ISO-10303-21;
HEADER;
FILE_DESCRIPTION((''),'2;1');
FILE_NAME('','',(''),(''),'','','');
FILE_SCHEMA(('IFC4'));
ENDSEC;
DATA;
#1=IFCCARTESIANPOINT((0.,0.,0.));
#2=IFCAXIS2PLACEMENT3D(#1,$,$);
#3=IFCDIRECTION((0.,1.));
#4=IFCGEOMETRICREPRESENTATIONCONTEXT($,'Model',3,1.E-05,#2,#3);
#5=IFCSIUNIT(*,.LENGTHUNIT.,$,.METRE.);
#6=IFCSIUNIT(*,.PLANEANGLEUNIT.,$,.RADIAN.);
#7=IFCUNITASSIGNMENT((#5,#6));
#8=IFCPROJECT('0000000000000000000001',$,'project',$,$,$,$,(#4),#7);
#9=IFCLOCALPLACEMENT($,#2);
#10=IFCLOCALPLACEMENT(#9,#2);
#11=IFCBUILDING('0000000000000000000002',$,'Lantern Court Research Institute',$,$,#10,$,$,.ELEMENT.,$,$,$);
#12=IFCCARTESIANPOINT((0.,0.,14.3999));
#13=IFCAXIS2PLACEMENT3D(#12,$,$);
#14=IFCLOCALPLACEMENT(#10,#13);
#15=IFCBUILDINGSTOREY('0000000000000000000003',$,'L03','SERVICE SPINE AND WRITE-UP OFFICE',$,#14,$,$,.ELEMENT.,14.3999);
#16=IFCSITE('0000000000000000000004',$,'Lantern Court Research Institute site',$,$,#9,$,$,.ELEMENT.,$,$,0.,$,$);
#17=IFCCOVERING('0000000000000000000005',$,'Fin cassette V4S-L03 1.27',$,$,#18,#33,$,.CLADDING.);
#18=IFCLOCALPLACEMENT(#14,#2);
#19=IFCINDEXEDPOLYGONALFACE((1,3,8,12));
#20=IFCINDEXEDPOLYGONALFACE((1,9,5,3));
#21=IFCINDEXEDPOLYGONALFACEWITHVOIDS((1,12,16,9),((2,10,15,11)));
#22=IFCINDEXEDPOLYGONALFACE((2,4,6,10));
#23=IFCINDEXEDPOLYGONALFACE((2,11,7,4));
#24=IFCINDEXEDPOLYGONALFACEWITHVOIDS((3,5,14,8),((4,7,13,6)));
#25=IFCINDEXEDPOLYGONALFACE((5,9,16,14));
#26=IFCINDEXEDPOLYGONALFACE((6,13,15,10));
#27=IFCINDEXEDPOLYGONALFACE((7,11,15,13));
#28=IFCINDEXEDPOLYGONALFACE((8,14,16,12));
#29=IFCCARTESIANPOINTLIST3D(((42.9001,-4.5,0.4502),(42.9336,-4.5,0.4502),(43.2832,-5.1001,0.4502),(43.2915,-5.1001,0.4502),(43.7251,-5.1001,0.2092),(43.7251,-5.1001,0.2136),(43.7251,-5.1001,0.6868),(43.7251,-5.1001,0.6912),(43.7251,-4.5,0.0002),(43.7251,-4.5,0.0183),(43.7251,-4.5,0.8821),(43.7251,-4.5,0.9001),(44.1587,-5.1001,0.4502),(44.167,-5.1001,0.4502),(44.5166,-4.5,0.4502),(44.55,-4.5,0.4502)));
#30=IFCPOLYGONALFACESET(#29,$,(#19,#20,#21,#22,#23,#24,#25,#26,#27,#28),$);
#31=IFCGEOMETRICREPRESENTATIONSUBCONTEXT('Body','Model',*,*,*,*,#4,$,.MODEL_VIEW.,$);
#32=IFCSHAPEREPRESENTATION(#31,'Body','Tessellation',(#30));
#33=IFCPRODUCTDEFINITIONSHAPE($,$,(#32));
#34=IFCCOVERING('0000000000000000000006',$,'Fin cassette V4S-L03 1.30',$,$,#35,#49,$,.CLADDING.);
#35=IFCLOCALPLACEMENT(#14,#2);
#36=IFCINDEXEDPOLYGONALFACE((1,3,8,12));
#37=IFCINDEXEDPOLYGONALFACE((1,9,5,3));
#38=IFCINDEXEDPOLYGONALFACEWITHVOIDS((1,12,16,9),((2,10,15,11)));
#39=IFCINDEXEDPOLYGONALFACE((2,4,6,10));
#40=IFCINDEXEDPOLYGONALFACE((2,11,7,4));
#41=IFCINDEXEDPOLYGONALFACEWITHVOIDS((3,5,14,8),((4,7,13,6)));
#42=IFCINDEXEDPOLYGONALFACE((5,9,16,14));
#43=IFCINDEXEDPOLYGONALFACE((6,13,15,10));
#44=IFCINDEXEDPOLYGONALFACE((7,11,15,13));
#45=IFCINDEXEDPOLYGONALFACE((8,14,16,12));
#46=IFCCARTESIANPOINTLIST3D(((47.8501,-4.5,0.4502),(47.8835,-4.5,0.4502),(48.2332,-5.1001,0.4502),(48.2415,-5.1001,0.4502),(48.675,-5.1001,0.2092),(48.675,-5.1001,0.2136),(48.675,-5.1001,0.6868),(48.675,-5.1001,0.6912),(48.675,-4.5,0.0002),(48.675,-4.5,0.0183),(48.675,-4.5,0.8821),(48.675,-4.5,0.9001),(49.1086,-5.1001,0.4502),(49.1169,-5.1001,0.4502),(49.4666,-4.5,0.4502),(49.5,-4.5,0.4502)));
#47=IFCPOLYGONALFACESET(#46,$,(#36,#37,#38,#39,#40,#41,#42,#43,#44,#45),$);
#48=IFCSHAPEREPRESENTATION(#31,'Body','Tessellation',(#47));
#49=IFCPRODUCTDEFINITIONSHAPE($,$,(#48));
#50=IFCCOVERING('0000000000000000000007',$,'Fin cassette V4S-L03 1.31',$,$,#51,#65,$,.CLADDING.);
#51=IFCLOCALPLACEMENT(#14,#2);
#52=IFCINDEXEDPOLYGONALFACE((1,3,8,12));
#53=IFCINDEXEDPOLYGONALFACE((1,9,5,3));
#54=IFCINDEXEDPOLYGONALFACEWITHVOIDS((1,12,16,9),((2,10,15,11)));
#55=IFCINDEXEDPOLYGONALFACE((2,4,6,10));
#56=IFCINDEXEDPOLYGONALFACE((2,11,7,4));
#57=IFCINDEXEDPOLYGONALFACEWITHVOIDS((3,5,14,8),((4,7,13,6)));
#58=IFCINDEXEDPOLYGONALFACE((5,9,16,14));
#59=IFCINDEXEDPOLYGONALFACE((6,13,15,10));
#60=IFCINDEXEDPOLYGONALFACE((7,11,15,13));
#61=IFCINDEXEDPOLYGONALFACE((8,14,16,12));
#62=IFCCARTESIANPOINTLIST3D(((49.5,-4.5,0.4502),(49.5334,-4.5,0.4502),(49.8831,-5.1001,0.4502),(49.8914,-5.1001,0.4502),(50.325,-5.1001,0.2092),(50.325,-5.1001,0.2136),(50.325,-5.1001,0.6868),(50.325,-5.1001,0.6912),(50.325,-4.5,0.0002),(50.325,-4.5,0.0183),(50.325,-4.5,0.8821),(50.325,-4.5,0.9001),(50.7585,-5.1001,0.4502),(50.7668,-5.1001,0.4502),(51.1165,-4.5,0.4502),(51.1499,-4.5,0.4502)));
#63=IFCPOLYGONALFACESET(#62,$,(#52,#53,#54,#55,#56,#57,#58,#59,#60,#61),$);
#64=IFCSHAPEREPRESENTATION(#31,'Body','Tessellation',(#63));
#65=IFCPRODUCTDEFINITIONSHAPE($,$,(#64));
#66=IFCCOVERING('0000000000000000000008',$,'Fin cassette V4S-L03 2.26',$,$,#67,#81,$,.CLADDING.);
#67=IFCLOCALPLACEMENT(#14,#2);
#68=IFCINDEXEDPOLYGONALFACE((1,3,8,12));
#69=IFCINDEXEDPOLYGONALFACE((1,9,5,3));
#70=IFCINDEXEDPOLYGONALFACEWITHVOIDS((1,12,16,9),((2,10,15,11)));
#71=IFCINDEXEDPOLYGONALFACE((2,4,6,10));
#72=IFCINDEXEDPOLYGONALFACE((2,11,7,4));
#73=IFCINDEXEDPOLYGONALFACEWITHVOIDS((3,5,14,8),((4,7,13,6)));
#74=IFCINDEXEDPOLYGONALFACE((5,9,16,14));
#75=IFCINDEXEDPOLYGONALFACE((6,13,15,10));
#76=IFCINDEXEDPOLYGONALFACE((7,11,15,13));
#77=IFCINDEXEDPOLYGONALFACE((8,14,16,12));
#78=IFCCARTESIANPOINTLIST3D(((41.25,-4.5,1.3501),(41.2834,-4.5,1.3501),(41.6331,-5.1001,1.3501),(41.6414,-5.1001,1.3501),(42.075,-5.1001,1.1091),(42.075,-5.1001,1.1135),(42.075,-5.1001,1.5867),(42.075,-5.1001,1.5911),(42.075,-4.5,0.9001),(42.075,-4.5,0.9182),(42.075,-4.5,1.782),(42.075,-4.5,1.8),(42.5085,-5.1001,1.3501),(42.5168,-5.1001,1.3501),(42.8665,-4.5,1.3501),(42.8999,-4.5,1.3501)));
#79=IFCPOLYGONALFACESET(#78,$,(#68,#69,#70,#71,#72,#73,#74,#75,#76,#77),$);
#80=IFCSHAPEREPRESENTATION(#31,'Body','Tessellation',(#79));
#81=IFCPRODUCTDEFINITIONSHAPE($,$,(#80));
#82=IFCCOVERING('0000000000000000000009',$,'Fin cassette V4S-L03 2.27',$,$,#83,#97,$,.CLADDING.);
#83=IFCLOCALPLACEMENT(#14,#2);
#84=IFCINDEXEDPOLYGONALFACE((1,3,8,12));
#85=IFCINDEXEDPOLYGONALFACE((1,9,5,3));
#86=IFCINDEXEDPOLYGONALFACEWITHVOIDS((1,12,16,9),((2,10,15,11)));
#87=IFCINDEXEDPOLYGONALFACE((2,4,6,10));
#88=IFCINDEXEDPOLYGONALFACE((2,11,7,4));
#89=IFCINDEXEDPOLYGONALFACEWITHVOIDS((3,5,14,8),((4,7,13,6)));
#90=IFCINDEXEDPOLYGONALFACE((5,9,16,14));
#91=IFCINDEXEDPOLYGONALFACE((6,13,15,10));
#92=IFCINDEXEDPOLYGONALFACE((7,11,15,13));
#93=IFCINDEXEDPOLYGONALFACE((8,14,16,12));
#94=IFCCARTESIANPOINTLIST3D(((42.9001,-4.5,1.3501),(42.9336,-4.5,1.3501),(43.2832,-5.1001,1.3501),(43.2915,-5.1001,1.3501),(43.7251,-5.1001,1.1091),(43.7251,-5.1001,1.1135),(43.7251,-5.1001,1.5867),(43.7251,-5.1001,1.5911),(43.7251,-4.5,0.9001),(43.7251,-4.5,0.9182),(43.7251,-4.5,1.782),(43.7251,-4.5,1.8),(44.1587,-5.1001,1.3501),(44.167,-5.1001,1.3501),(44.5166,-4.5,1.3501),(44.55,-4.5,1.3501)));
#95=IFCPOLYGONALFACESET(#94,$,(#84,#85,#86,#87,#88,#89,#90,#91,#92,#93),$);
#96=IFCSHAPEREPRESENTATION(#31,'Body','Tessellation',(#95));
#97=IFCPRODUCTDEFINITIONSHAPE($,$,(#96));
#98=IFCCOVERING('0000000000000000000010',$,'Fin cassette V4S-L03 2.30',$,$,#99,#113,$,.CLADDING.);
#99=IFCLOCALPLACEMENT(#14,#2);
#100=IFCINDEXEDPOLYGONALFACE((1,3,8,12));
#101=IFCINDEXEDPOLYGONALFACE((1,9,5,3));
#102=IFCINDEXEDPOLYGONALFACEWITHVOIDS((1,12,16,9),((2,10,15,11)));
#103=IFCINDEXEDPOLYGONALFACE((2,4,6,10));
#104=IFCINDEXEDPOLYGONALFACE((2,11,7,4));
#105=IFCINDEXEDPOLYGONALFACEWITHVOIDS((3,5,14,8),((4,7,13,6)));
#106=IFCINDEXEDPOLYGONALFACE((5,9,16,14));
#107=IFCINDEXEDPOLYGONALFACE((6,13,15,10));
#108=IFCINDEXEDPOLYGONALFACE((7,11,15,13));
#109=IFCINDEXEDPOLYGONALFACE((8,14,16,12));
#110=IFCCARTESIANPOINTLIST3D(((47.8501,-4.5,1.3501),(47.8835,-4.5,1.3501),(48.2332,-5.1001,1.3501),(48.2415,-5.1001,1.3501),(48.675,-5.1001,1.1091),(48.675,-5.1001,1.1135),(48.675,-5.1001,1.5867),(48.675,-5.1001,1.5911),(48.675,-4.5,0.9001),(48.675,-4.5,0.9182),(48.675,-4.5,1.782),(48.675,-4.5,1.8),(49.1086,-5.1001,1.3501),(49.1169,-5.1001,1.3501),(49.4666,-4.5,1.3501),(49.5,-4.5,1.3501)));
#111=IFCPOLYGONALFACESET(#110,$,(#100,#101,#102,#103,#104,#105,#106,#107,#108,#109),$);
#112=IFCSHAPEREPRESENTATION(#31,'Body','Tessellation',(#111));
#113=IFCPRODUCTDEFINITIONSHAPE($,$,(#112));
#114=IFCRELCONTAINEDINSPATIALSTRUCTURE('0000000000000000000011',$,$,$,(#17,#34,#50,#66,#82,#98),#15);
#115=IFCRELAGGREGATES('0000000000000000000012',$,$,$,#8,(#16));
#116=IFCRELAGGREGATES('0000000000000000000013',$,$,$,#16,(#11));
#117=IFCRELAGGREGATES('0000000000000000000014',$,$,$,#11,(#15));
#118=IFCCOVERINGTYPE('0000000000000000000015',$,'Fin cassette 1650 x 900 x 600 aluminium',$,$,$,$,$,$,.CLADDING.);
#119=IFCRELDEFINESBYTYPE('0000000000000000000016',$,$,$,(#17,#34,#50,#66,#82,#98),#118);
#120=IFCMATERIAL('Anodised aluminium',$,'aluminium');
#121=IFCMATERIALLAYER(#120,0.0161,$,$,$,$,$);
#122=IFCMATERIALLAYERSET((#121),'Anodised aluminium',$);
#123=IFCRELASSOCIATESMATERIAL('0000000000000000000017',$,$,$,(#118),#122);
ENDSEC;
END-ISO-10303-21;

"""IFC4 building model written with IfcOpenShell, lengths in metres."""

from ifc_helpers import new_model, entity, si_unit, direction, frame, origin, place, context, subcontext, project, spatial, material, layer, layer_set, type_object, element, save


model = new_model("IFC4")

# Units and contexts
model_context = context("Model", 3, precision=1e-05, world=origin(), true_north=direction((0.0, 1.0)))
body_context = subcontext(model_context, "Body", "Model", "MODEL_VIEW")
ifc_project = project(units=[si_unit("LENGTHUNIT", "METRE"), si_unit("PLANEANGLEUNIT", "RADIAN")], contexts=[model_context])

# Site, building, storey
site_placement = place(None, origin())
site = spatial("IfcSite", under=ifc_project, at=site_placement, Name="Lantern Court Research Institute site", CompositionType="ELEMENT", RefElevation=0.0)
building_placement = place(site_placement, origin())
building = spatial("IfcBuilding", under=site, at=building_placement, Name="Lantern Court Research Institute", CompositionType="ELEMENT")
storey_placement = place(building_placement, frame((0.0, 0.0, 14.3999)))
storey = spatial("IfcBuildingStorey", under=building, at=storey_placement, Name="L03", Description="SERVICE SPINE AND WRITE-UP OFFICE", CompositionType="ELEMENT", Elevation=14.3999)

# Coverings
ifc_material_1 = material(Name="Anodised aluminium", Category="aluminium")
ifc_layer_1 = layer(ifc_material_1, 0.0161)
ifc_layer_set_1 = layer_set([ifc_layer_1], Name="Anodised aluminium")
covering_type = type_object("IfcCoveringType", Name="Fin cassette 1650 x 900 x 600 aluminium", PredefinedType="CLADDING", material=ifc_layer_set_1)
covering_1_placement = place(storey_placement, frame((43.7251, -4.5, 0.4502), z_axis=(0.0, -1.0, 0.0), x_axis=(1.0, 0.0, 0.0)))
cartesian_point_1 = entity("IfcCartesianPoint", [0.825, 0.0])
cartesian_point_2 = entity("IfcCartesianPoint", [0.7915, 0.0])
cartesian_point_3 = entity("IfcCartesianPoint", [0.4419, 0.0])
cartesian_point_4 = entity("IfcCartesianPoint", [0.4336, 0.0])
element("IfcCovering", 1, at=covering_1_placement, inside=storey, type_object=covering_type, Name="Fin cassette V4S-L03 1.27", PredefinedType="CLADDING", context=body_context, shape_type="SweptSolid", body=[
    entity("IfcExtrudedAreaSolidTapered", entity("IfcArbitraryProfileDefWithVoids", "AREA", None, entity("IfcPolyline", [cartesian_point_1, entity("IfcCartesianPoint", [0.0, 0.45]), entity("IfcCartesianPoint", [-0.825, 0.0]), entity("IfcCartesianPoint", [0.0, -0.45]), cartesian_point_1]), [entity("IfcPolyline", [cartesian_point_2, entity("IfcCartesianPoint", [0.0, 0.4319]), entity("IfcCartesianPoint", [-0.7915, 0.0]), entity("IfcCartesianPoint", [0.0, -0.4319]), cartesian_point_2])]), entity("IfcAxis2Placement3D", entity("IfcCartesianPoint", [0.0, 0.0, 0.0])), entity("IfcDirection", [0.0, 0.0, 1.0]), 0.6001, entity("IfcArbitraryProfileDefWithVoids", "AREA", None, entity("IfcPolyline", [cartesian_point_3, entity("IfcCartesianPoint", [0.0, 0.241]), entity("IfcCartesianPoint", [-0.4419, 0.0]), entity("IfcCartesianPoint", [0.0, -0.241]), cartesian_point_3]), [entity("IfcPolyline", [cartesian_point_4, entity("IfcCartesianPoint", [0.0, 0.2366]), entity("IfcCartesianPoint", [-0.4336, 0.0]), entity("IfcCartesianPoint", [0.0, -0.2366]), cartesian_point_4])])),
])
covering_2_placement = place(storey_placement, frame((48.675, -4.5, 0.4502), z_axis=(0.0, -1.0, 0.0), x_axis=(1.0, 0.0, 0.0)))
cartesian_point_5 = entity("IfcCartesianPoint", [0.825, 0.0])
cartesian_point_6 = entity("IfcCartesianPoint", [0.7915, 0.0])
cartesian_point_7 = entity("IfcCartesianPoint", [0.4419, 0.0])
cartesian_point_8 = entity("IfcCartesianPoint", [0.4336, 0.0])
element("IfcCovering", 2, at=covering_2_placement, inside=storey, type_object=covering_type, Name="Fin cassette V4S-L03 1.30", PredefinedType="CLADDING", context=body_context, shape_type="SweptSolid", body=[
    entity("IfcExtrudedAreaSolidTapered", entity("IfcArbitraryProfileDefWithVoids", "AREA", None, entity("IfcPolyline", [cartesian_point_5, entity("IfcCartesianPoint", [0.0, 0.45]), entity("IfcCartesianPoint", [-0.825, 0.0]), entity("IfcCartesianPoint", [0.0, -0.45]), cartesian_point_5]), [entity("IfcPolyline", [cartesian_point_6, entity("IfcCartesianPoint", [0.0, 0.4319]), entity("IfcCartesianPoint", [-0.7915, 0.0]), entity("IfcCartesianPoint", [0.0, -0.4319]), cartesian_point_6])]), entity("IfcAxis2Placement3D", entity("IfcCartesianPoint", [0.0, 0.0, 0.0])), entity("IfcDirection", [0.0, 0.0, 1.0]), 0.6001, entity("IfcArbitraryProfileDefWithVoids", "AREA", None, entity("IfcPolyline", [cartesian_point_7, entity("IfcCartesianPoint", [0.0, 0.241]), entity("IfcCartesianPoint", [-0.4419, 0.0]), entity("IfcCartesianPoint", [0.0, -0.241]), cartesian_point_7]), [entity("IfcPolyline", [cartesian_point_8, entity("IfcCartesianPoint", [0.0, 0.2366]), entity("IfcCartesianPoint", [-0.4336, 0.0]), entity("IfcCartesianPoint", [0.0, -0.2366]), cartesian_point_8])])),
])
covering_3_placement = place(storey_placement, frame((50.325, -4.5, 0.4502), z_axis=(0.0, -1.0, 0.0), x_axis=(1.0, 0.0, 0.0)))
cartesian_point_9 = entity("IfcCartesianPoint", [0.825, 0.0])
cartesian_point_10 = entity("IfcCartesianPoint", [0.7915, 0.0])
cartesian_point_11 = entity("IfcCartesianPoint", [0.4419, 0.0])
cartesian_point_12 = entity("IfcCartesianPoint", [0.4336, 0.0])
element("IfcCovering", 3, at=covering_3_placement, inside=storey, type_object=covering_type, Name="Fin cassette V4S-L03 1.31", PredefinedType="CLADDING", context=body_context, shape_type="SweptSolid", body=[
    entity("IfcExtrudedAreaSolidTapered", entity("IfcArbitraryProfileDefWithVoids", "AREA", None, entity("IfcPolyline", [cartesian_point_9, entity("IfcCartesianPoint", [0.0, 0.45]), entity("IfcCartesianPoint", [-0.825, 0.0]), entity("IfcCartesianPoint", [0.0, -0.45]), cartesian_point_9]), [entity("IfcPolyline", [cartesian_point_10, entity("IfcCartesianPoint", [0.0, 0.4319]), entity("IfcCartesianPoint", [-0.7915, 0.0]), entity("IfcCartesianPoint", [0.0, -0.4319]), cartesian_point_10])]), entity("IfcAxis2Placement3D", entity("IfcCartesianPoint", [0.0, 0.0, 0.0])), entity("IfcDirection", [0.0, 0.0, 1.0]), 0.6001, entity("IfcArbitraryProfileDefWithVoids", "AREA", None, entity("IfcPolyline", [cartesian_point_11, entity("IfcCartesianPoint", [0.0, 0.241]), entity("IfcCartesianPoint", [-0.4419, 0.0]), entity("IfcCartesianPoint", [0.0, -0.241]), cartesian_point_11]), [entity("IfcPolyline", [cartesian_point_12, entity("IfcCartesianPoint", [0.0, 0.2366]), entity("IfcCartesianPoint", [-0.4336, 0.0]), entity("IfcCartesianPoint", [0.0, -0.2366]), cartesian_point_12])])),
])
covering_4_placement = place(storey_placement, frame((42.075, -4.5, 1.3501), z_axis=(0.0, -1.0, 0.0), x_axis=(1.0, 0.0, 0.0)))
cartesian_point_13 = entity("IfcCartesianPoint", [0.825, 0.0])
cartesian_point_14 = entity("IfcCartesianPoint", [0.7915, 0.0])
cartesian_point_15 = entity("IfcCartesianPoint", [0.4419, 0.0])
cartesian_point_16 = entity("IfcCartesianPoint", [0.4336, 0.0])
element("IfcCovering", 4, at=covering_4_placement, inside=storey, type_object=covering_type, Name="Fin cassette V4S-L03 2.26", PredefinedType="CLADDING", context=body_context, shape_type="SweptSolid", body=[
    entity("IfcExtrudedAreaSolidTapered", entity("IfcArbitraryProfileDefWithVoids", "AREA", None, entity("IfcPolyline", [cartesian_point_13, entity("IfcCartesianPoint", [0.0, 0.45]), entity("IfcCartesianPoint", [-0.825, 0.0]), entity("IfcCartesianPoint", [0.0, -0.45]), cartesian_point_13]), [entity("IfcPolyline", [cartesian_point_14, entity("IfcCartesianPoint", [0.0, 0.4319]), entity("IfcCartesianPoint", [-0.7915, 0.0]), entity("IfcCartesianPoint", [0.0, -0.4319]), cartesian_point_14])]), entity("IfcAxis2Placement3D", entity("IfcCartesianPoint", [0.0, 0.0, 0.0])), entity("IfcDirection", [0.0, 0.0, 1.0]), 0.6001, entity("IfcArbitraryProfileDefWithVoids", "AREA", None, entity("IfcPolyline", [cartesian_point_15, entity("IfcCartesianPoint", [0.0, 0.241]), entity("IfcCartesianPoint", [-0.4419, 0.0]), entity("IfcCartesianPoint", [0.0, -0.241]), cartesian_point_15]), [entity("IfcPolyline", [cartesian_point_16, entity("IfcCartesianPoint", [0.0, 0.2366]), entity("IfcCartesianPoint", [-0.4336, 0.0]), entity("IfcCartesianPoint", [0.0, -0.2366]), cartesian_point_16])])),
])
covering_5_placement = place(storey_placement, frame((43.7251, -4.5, 1.3501), z_axis=(0.0, -1.0, 0.0), x_axis=(1.0, 0.0, 0.0)))
cartesian_point_17 = entity("IfcCartesianPoint", [0.825, 0.0])
cartesian_point_18 = entity("IfcCartesianPoint", [0.7915, 0.0])
cartesian_point_19 = entity("IfcCartesianPoint", [0.4419, 0.0])
cartesian_point_20 = entity("IfcCartesianPoint", [0.4336, 0.0])
element("IfcCovering", 5, at=covering_5_placement, inside=storey, type_object=covering_type, Name="Fin cassette V4S-L03 2.27", PredefinedType="CLADDING", context=body_context, shape_type="SweptSolid", body=[
    entity("IfcExtrudedAreaSolidTapered", entity("IfcArbitraryProfileDefWithVoids", "AREA", None, entity("IfcPolyline", [cartesian_point_17, entity("IfcCartesianPoint", [0.0, 0.45]), entity("IfcCartesianPoint", [-0.825, 0.0]), entity("IfcCartesianPoint", [0.0, -0.45]), cartesian_point_17]), [entity("IfcPolyline", [cartesian_point_18, entity("IfcCartesianPoint", [0.0, 0.4319]), entity("IfcCartesianPoint", [-0.7915, 0.0]), entity("IfcCartesianPoint", [0.0, -0.4319]), cartesian_point_18])]), entity("IfcAxis2Placement3D", entity("IfcCartesianPoint", [0.0, 0.0, 0.0])), entity("IfcDirection", [0.0, 0.0, 1.0]), 0.6001, entity("IfcArbitraryProfileDefWithVoids", "AREA", None, entity("IfcPolyline", [cartesian_point_19, entity("IfcCartesianPoint", [0.0, 0.241]), entity("IfcCartesianPoint", [-0.4419, 0.0]), entity("IfcCartesianPoint", [0.0, -0.241]), cartesian_point_19]), [entity("IfcPolyline", [cartesian_point_20, entity("IfcCartesianPoint", [0.0, 0.2366]), entity("IfcCartesianPoint", [-0.4336, 0.0]), entity("IfcCartesianPoint", [0.0, -0.2366]), cartesian_point_20])])),
])
covering_6_placement = place(storey_placement, frame((48.675, -4.5, 1.3501), z_axis=(0.0, -1.0, 0.0), x_axis=(1.0, 0.0, 0.0)))
cartesian_point_21 = entity("IfcCartesianPoint", [0.825, 0.0])
cartesian_point_22 = entity("IfcCartesianPoint", [0.7915, 0.0])
cartesian_point_23 = entity("IfcCartesianPoint", [0.4419, 0.0])
cartesian_point_24 = entity("IfcCartesianPoint", [0.4336, 0.0])
element("IfcCovering", 6, at=covering_6_placement, inside=storey, type_object=covering_type, Name="Fin cassette V4S-L03 2.30", PredefinedType="CLADDING", context=body_context, shape_type="SweptSolid", body=[
    entity("IfcExtrudedAreaSolidTapered", entity("IfcArbitraryProfileDefWithVoids", "AREA", None, entity("IfcPolyline", [cartesian_point_21, entity("IfcCartesianPoint", [0.0, 0.45]), entity("IfcCartesianPoint", [-0.825, 0.0]), entity("IfcCartesianPoint", [0.0, -0.45]), cartesian_point_21]), [entity("IfcPolyline", [cartesian_point_22, entity("IfcCartesianPoint", [0.0, 0.4319]), entity("IfcCartesianPoint", [-0.7915, 0.0]), entity("IfcCartesianPoint", [0.0, -0.4319]), cartesian_point_22])]), entity("IfcAxis2Placement3D", entity("IfcCartesianPoint", [0.0, 0.0, 0.0])), entity("IfcDirection", [0.0, 0.0, 1.0]), 0.6001, entity("IfcArbitraryProfileDefWithVoids", "AREA", None, entity("IfcPolyline", [cartesian_point_23, entity("IfcCartesianPoint", [0.0, 0.241]), entity("IfcCartesianPoint", [-0.4419, 0.0]), entity("IfcCartesianPoint", [0.0, -0.241]), cartesian_point_23]), [entity("IfcPolyline", [cartesian_point_24, entity("IfcCartesianPoint", [0.0, 0.2366]), entity("IfcCartesianPoint", [-0.4336, 0.0]), entity("IfcCartesianPoint", [0.0, -0.2366]), cartesian_point_24])])),
])

save(model, "model.ifc")
